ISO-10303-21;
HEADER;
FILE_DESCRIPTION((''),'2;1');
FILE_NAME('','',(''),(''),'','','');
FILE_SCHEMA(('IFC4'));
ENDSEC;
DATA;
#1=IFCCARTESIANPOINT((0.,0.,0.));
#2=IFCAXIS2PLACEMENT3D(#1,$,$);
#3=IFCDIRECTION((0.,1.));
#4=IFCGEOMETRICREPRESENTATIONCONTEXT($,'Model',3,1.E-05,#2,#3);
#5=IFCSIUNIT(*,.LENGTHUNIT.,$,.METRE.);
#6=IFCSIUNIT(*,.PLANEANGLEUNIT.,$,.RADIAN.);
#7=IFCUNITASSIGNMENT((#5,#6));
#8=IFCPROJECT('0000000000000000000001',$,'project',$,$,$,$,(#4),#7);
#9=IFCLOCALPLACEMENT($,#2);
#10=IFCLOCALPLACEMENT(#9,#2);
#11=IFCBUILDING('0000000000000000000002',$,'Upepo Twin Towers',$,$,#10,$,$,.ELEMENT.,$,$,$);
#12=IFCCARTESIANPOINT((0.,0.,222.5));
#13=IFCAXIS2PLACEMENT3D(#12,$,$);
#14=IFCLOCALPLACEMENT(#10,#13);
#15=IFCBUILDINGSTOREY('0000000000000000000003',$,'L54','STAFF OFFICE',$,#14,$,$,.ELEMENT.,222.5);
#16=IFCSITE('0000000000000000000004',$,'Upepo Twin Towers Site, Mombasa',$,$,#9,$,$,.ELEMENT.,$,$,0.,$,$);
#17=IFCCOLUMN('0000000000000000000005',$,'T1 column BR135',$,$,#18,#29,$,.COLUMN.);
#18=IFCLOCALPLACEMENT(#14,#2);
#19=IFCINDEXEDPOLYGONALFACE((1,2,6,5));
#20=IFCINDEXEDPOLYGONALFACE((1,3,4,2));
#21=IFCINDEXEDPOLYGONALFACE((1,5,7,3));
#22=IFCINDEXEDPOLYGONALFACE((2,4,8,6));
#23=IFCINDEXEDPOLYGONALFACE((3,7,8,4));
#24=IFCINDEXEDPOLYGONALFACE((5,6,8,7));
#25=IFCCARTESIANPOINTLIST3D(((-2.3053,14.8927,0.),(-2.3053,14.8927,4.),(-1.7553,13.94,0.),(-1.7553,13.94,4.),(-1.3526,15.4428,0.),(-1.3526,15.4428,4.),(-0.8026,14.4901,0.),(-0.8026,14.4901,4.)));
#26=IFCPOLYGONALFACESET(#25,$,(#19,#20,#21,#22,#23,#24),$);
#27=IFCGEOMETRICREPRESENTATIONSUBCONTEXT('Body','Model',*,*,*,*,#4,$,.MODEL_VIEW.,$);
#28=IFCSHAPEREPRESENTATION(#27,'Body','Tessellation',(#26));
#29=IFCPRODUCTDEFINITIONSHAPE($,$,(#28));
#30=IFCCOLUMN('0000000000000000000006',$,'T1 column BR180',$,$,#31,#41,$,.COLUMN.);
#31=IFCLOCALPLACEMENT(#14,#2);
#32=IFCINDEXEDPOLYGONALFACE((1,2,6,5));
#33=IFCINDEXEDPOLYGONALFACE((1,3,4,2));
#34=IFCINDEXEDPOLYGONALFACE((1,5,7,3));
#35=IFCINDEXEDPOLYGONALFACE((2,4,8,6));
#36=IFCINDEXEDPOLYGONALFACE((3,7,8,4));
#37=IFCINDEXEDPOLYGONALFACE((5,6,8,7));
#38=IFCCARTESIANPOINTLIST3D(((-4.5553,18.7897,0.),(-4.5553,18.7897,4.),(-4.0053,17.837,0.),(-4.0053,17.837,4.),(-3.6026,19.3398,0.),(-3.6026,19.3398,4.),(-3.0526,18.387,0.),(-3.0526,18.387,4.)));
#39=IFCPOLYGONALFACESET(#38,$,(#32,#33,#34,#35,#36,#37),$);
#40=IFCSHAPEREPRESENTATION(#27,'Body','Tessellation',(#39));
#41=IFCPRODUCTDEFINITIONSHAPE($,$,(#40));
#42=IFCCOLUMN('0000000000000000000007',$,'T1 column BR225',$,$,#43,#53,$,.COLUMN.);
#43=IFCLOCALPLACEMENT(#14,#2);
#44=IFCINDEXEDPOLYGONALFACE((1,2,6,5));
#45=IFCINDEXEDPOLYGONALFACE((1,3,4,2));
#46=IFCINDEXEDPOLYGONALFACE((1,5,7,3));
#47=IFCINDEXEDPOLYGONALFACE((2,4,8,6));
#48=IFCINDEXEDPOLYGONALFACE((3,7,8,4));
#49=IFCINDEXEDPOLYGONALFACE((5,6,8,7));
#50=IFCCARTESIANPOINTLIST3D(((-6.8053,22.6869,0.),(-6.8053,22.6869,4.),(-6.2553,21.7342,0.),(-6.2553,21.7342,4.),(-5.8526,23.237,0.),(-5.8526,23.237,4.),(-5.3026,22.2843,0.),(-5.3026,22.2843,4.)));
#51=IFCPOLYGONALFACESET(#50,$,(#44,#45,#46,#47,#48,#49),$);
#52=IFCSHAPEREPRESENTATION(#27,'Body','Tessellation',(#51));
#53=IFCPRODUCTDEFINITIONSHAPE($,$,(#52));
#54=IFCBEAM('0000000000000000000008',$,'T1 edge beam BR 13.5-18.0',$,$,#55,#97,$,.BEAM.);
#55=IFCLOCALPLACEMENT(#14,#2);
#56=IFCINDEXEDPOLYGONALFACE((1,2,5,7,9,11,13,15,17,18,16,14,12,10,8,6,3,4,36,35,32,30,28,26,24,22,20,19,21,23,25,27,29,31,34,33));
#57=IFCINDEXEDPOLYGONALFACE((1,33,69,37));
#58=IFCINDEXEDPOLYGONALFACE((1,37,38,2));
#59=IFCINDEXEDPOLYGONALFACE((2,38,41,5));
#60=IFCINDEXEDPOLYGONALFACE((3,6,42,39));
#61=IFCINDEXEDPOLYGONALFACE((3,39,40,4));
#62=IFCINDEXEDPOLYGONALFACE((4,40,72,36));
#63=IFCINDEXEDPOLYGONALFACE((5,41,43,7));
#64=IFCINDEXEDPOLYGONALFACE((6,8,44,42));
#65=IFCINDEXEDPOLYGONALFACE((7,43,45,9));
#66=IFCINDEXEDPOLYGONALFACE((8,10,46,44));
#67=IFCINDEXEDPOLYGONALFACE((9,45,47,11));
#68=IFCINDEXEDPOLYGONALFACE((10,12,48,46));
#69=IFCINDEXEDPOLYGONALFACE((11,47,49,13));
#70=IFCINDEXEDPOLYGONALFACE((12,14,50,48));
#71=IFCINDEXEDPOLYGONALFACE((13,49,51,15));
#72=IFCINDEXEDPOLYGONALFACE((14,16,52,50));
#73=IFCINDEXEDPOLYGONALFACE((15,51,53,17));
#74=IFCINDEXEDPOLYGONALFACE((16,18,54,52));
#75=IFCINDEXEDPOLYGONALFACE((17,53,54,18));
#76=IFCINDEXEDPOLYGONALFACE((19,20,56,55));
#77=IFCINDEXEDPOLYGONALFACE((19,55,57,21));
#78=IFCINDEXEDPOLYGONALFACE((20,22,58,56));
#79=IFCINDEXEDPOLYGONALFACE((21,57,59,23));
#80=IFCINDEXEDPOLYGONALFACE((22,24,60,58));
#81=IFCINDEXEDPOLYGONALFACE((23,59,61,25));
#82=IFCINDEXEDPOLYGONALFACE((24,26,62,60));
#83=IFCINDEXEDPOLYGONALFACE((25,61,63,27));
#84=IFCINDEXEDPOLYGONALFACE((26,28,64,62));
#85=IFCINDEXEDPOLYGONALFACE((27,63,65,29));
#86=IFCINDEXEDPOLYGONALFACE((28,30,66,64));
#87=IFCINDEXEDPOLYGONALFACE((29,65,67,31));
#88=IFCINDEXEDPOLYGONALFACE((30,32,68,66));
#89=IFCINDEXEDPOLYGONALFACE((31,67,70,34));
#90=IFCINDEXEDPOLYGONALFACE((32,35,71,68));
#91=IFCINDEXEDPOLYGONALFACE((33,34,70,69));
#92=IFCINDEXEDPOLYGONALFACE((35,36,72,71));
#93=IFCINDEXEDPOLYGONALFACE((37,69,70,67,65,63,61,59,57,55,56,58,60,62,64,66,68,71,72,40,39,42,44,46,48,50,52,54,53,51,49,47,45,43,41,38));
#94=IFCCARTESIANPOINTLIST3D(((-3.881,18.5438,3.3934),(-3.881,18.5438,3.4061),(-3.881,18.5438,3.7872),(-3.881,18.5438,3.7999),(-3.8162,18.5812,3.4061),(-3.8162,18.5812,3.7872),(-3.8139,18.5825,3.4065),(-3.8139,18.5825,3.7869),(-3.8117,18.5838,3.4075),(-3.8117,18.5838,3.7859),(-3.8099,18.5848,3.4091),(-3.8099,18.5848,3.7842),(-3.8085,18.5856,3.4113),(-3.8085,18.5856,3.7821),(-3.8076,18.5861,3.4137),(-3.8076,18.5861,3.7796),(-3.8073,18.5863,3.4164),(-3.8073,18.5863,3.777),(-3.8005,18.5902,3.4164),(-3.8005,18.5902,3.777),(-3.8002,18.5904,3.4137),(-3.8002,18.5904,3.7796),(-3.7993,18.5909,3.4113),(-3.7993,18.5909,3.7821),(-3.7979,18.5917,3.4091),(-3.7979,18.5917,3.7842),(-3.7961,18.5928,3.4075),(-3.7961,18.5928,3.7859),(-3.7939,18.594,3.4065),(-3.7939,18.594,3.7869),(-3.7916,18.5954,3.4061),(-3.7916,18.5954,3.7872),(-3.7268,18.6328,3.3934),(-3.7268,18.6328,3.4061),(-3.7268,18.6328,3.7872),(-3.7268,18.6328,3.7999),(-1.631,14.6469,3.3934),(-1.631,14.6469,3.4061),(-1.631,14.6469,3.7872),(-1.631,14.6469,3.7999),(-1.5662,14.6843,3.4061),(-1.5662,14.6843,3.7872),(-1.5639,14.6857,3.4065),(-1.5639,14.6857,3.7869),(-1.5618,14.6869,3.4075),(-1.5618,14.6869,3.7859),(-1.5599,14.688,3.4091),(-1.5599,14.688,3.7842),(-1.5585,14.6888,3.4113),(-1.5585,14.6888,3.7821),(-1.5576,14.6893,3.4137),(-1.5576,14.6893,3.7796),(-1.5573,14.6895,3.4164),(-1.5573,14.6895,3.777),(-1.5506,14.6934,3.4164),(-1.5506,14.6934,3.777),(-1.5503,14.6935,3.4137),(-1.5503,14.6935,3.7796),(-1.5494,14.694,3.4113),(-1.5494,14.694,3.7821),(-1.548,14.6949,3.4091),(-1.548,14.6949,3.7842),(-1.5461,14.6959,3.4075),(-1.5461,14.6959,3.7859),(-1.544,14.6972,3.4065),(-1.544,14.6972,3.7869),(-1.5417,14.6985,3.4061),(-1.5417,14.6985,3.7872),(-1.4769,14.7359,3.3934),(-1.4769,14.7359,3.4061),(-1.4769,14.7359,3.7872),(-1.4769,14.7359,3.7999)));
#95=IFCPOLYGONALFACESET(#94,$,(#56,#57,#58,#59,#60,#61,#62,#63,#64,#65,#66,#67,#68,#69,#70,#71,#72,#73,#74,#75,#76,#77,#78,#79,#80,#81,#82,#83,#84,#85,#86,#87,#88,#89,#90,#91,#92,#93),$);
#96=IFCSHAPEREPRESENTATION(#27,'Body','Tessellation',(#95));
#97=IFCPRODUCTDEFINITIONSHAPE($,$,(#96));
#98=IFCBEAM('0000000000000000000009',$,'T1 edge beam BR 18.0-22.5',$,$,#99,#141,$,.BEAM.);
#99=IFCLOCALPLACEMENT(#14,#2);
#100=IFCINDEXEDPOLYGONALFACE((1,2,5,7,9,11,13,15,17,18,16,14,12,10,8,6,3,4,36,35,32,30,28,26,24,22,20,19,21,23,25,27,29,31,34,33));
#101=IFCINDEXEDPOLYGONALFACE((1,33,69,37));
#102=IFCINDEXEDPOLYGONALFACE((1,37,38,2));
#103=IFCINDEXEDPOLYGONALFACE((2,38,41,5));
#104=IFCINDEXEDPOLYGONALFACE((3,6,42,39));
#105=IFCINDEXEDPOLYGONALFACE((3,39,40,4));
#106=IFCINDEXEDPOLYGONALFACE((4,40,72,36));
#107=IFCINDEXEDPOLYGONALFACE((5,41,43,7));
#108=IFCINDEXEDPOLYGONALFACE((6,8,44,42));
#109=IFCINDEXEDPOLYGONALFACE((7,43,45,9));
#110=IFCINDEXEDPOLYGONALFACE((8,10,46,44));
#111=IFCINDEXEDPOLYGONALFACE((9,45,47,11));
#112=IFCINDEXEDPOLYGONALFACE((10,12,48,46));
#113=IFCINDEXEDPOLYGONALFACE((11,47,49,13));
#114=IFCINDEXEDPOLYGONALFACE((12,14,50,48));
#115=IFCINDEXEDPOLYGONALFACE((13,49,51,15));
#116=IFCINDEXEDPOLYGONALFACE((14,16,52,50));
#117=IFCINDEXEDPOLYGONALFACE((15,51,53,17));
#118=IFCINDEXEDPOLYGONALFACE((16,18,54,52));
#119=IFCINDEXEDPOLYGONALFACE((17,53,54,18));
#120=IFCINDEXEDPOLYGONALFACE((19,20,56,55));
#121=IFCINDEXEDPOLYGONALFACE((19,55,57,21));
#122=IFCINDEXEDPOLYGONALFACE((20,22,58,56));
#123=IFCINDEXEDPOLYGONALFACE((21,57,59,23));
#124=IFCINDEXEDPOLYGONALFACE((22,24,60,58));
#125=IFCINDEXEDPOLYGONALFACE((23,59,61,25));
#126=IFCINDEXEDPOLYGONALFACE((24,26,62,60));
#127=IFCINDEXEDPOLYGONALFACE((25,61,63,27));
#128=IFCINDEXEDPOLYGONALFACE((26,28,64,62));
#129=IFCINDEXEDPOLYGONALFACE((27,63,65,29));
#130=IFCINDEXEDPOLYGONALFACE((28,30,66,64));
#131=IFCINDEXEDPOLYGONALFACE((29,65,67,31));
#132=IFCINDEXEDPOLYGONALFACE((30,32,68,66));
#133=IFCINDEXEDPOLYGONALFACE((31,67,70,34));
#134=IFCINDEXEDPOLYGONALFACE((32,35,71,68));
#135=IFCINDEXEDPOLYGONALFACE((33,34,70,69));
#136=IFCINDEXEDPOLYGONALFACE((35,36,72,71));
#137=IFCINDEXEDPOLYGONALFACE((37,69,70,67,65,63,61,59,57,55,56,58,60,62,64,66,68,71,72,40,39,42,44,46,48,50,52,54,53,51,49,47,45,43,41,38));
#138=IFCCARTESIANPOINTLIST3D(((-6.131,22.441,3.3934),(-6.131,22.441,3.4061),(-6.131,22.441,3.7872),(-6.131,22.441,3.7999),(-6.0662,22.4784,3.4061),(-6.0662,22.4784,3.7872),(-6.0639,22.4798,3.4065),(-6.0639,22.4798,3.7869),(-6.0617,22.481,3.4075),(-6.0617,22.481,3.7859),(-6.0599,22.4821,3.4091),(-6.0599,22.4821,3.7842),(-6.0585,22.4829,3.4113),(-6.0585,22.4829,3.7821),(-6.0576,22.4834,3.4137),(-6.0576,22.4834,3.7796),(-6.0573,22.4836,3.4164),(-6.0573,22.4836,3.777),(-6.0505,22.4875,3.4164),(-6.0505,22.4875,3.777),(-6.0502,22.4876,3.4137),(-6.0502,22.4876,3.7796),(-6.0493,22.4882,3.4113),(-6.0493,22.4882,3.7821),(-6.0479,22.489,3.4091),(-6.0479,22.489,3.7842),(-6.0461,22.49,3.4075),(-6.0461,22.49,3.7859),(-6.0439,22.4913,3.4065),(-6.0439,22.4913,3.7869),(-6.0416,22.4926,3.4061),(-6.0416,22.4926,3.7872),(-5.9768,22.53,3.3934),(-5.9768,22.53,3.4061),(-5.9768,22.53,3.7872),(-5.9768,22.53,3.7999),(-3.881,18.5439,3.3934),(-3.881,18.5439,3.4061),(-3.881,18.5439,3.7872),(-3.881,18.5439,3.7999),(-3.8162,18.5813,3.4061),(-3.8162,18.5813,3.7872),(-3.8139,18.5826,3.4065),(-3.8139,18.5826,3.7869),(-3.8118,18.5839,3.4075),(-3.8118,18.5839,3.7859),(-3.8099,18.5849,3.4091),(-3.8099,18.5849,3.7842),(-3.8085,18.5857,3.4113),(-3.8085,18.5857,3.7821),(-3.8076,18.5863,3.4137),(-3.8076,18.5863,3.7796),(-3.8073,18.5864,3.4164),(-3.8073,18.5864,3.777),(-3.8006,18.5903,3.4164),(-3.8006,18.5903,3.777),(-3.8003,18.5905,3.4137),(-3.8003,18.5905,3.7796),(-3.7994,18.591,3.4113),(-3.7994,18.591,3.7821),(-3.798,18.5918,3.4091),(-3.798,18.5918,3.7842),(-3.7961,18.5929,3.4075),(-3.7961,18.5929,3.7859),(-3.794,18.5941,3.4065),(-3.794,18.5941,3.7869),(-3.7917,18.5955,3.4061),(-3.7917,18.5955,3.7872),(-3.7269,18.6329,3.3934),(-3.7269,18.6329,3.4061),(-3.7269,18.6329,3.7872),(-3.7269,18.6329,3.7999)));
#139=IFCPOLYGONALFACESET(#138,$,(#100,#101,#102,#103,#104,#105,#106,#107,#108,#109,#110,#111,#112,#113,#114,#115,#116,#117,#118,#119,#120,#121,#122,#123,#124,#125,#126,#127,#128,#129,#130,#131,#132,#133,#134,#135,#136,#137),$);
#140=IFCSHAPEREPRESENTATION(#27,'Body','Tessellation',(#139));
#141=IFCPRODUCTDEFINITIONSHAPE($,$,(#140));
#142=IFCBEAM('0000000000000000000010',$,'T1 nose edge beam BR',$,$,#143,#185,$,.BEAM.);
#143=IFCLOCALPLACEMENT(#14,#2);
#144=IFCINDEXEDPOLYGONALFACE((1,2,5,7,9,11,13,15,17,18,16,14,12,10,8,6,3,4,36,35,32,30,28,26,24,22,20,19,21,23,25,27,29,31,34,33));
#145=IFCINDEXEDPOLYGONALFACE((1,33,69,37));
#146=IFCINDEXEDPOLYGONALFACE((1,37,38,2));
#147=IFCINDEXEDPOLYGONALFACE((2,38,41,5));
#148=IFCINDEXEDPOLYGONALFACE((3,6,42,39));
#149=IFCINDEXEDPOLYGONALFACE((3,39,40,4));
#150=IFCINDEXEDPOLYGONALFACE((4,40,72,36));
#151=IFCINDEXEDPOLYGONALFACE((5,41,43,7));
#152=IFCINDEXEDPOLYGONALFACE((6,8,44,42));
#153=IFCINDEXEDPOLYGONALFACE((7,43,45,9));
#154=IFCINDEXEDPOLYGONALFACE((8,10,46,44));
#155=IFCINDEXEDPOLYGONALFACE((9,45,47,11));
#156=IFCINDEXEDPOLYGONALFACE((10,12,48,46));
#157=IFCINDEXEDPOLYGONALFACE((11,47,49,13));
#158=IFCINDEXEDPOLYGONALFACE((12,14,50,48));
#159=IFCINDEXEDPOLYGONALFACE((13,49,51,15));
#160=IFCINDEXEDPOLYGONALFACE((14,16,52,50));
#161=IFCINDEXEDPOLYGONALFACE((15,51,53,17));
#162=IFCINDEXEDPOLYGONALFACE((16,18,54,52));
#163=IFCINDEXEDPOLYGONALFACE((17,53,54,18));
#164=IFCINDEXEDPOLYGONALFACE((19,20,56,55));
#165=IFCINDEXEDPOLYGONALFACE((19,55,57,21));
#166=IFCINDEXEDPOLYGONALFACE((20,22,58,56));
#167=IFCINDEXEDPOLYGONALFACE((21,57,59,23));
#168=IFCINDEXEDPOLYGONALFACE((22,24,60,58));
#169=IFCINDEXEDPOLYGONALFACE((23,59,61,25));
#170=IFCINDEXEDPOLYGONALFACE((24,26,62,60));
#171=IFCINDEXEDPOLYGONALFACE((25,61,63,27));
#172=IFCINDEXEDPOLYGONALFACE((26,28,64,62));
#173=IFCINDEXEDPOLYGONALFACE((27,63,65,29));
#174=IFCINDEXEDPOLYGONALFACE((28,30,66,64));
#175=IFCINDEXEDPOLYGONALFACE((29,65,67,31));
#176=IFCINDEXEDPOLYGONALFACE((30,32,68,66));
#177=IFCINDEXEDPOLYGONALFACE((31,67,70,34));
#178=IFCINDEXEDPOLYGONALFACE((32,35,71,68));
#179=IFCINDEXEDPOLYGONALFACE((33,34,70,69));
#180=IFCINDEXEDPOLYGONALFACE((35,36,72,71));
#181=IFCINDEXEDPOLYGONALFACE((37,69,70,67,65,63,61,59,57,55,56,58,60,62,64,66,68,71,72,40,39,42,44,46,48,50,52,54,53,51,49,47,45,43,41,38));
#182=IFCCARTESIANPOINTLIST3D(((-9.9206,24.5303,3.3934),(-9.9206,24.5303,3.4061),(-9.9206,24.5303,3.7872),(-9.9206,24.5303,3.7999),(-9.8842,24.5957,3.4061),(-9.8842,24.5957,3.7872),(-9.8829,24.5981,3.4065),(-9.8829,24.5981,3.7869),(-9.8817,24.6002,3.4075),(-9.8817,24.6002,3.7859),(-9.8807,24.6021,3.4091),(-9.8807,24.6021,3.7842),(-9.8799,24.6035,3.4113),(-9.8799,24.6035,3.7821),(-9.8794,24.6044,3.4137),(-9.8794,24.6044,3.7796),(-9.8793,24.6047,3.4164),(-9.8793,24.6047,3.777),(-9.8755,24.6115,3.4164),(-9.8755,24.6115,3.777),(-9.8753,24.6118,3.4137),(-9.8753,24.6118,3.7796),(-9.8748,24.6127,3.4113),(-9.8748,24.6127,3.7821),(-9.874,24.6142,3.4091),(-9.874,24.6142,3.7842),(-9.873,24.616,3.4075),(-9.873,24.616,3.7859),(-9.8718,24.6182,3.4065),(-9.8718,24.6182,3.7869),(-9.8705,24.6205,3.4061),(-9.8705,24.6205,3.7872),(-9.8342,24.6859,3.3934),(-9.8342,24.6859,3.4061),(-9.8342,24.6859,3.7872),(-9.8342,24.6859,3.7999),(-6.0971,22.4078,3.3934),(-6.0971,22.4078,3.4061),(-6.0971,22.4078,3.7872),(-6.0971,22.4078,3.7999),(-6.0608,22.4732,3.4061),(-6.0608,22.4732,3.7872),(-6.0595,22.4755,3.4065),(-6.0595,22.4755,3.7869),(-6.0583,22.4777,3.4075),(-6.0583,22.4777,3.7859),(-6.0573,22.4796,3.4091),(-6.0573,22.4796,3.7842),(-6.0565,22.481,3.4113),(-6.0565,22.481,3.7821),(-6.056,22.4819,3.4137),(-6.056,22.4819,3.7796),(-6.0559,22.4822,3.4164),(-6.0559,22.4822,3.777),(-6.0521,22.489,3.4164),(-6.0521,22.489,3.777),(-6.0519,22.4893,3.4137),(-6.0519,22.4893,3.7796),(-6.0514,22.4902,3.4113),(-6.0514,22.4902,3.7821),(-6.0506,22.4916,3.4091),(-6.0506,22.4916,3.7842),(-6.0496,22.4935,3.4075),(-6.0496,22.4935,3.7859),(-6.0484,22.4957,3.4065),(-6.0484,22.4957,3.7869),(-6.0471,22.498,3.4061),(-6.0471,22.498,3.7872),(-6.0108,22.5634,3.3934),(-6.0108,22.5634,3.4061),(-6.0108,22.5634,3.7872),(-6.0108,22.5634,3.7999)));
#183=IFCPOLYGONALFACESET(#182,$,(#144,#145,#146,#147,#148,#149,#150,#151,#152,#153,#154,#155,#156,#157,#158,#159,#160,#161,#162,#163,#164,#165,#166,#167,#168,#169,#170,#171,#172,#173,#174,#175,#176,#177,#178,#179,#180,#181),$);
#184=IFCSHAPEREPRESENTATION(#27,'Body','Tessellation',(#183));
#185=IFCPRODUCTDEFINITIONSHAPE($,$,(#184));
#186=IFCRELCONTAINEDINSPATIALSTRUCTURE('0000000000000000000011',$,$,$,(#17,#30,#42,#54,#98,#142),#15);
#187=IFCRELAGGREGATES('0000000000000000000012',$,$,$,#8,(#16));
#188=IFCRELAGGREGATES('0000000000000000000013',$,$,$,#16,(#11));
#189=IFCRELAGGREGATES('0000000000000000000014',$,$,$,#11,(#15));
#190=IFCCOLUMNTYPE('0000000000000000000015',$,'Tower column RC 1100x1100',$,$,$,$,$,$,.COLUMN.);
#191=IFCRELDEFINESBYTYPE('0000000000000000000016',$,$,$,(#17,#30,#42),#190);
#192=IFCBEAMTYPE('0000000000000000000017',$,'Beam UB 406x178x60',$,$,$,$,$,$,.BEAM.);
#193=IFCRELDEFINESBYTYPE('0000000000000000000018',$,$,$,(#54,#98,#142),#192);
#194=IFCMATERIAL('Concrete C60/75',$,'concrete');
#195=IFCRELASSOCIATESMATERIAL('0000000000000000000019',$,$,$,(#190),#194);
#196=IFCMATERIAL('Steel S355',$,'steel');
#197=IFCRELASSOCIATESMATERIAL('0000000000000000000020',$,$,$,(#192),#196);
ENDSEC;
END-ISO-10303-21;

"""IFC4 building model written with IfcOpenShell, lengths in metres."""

from ifc_helpers import new_model, si_unit, direction, frame, origin, origin_2d, place, context, subcontext, project, spatial, rectangle, i_section, extrude, material, material_profile, profile_set, type_object, element, save


model = new_model("IFC4")

# Units and contexts
model_context = context("Model", 3, precision=1e-05, world=origin(), true_north=direction((0.0, 1.0)))
body_context = subcontext(model_context, "Body", "Model", "MODEL_VIEW")
ifc_project = project(units=[si_unit("LENGTHUNIT", "METRE"), si_unit("PLANEANGLEUNIT", "RADIAN")], contexts=[model_context])

# Site, building, storey
site_placement = place(None, origin())
site = spatial("IfcSite", under=ifc_project, at=site_placement, Name="Upepo Twin Towers Site, Mombasa", CompositionType="ELEMENT", RefElevation=0.0)
building_placement = place(site_placement, origin())
building = spatial("IfcBuilding", under=site, at=building_placement, Name="Upepo Twin Towers", CompositionType="ELEMENT")
storey_placement = place(building_placement, frame((0.0, 0.0, 222.5)))
storey = spatial("IfcBuildingStorey", under=building, at=storey_placement, Name="L54", Description="STAFF OFFICE", CompositionType="ELEMENT", Elevation=222.5)

# Columns
ifc_material_1 = material(Name="Concrete C60/75", Category="concrete")
ifc_material_profile_1 = material_profile(ifc_material_1, rectangle(XDim=1.1001, YDim=1.1001, at=origin_2d()), Name="RC 1100x1100")
ifc_profile_set_1 = profile_set([ifc_material_profile_1], Name="Concrete C60/75")
column_type = type_object("IfcColumnType", Name="Tower column RC 1100x1100", PredefinedType="COLUMN", material=ifc_profile_set_1)
for number, where, z_axis, x_axis, name in (
    (1, (-1.554, 14.6914, 0.0), (0.0, 0.0, 1.0), (0.866025, 0.5, 0.0), "T1 column BR135"),
    (2, (-3.804, 18.5884, 0.0), (0.0, 0.0, 1.0), (0.866025, 0.5, 0.0), "T1 column BR180"),
    (3, (-6.054, 22.4856, 0.0), (0.0, 0.0, 1.0), (0.866025, 0.5, 0.0), "T1 column BR225"),
):
    element("IfcColumn", number, at=place(storey_placement, frame(where, z_axis=z_axis, x_axis=x_axis)), inside=storey, type_object=column_type, Name=name, PredefinedType="COLUMN", context=body_context, shape_type="SweptSolid", body=[
        extrude(rectangle(XDim=1.1001, YDim=1.1001, at=origin_2d()), origin(), (0.0, 0.0, 1.0), 4.0),
    ])

# Beams
ifc_material_2 = material(Name="Steel S355", Category="steel")
ifc_material_profile_2 = material_profile(ifc_material_2, i_section(OverallWidth=0.178, OverallDepth=0.4065, WebThickness=0.0078, FlangeThickness=0.0127, FilletRadius=0.0103, at=origin_2d()), Name="UB 406x178x60")
ifc_profile_set_2 = profile_set([ifc_material_profile_2], Name="Steel S355")
beam_type_1 = type_object("IfcBeamType", Name="Beam UB 406x178x60", PredefinedType="BEAM", material=ifc_profile_set_2)
beam_1_placement = place(storey_placement, frame((-1.554, 14.6914, 3.5967), z_axis=(-0.500014, 0.866018, 0.0), x_axis=(-0.866018, -0.500014, 0.0)))
element("IfcBeam", 4, at=beam_1_placement, inside=storey, type_object=beam_type_1, Name="T1 edge beam BR 13.5-18.0", PredefinedType="BEAM", context=body_context, shape_type="SweptSolid", body=[
    extrude(i_section(OverallWidth=0.178, OverallDepth=0.4065, WebThickness=0.0078, FlangeThickness=0.0127, FilletRadius=0.0103, at=origin_2d()), origin(), (0.0, 0.0, 1.0), 4.4998),
])
beam_2_placement = place(storey_placement, frame((-3.804, 18.5884, 3.5967), z_axis=(-0.49999, 0.866031, 0.0), x_axis=(-0.866031, -0.49999, 0.0)))
element("IfcBeam", 5, at=beam_2_placement, inside=storey, type_object=beam_type_1, Name="T1 edge beam BR 18.0-22.5", PredefinedType="BEAM", context=body_context, shape_type="SweptSolid", body=[
    extrude(i_section(OverallWidth=0.178, OverallDepth=0.4065, WebThickness=0.0078, FlangeThickness=0.0127, FilletRadius=0.0103, at=origin_2d()), origin(), (0.0, 0.0, 1.0), 4.5),
])
beam_3_placement = place(storey_placement, frame((-6.054, 22.4856, 3.5967), z_axis=(-0.874313, 0.485363, 0.0), x_axis=(-0.485363, -0.874313, 0.0)))
element("IfcBeam", 6, at=beam_3_placement, inside=storey, type_object=beam_type_1, Name="T1 nose edge beam BR", PredefinedType="BEAM", context=body_context, shape_type="SweptSolid", body=[
    extrude(i_section(OverallWidth=0.178, OverallDepth=0.4065, WebThickness=0.0078, FlangeThickness=0.0127, FilletRadius=0.0103, at=origin_2d()), origin(), (0.0, 0.0, 1.0), 4.373),
])

save(model, "model.ifc")
